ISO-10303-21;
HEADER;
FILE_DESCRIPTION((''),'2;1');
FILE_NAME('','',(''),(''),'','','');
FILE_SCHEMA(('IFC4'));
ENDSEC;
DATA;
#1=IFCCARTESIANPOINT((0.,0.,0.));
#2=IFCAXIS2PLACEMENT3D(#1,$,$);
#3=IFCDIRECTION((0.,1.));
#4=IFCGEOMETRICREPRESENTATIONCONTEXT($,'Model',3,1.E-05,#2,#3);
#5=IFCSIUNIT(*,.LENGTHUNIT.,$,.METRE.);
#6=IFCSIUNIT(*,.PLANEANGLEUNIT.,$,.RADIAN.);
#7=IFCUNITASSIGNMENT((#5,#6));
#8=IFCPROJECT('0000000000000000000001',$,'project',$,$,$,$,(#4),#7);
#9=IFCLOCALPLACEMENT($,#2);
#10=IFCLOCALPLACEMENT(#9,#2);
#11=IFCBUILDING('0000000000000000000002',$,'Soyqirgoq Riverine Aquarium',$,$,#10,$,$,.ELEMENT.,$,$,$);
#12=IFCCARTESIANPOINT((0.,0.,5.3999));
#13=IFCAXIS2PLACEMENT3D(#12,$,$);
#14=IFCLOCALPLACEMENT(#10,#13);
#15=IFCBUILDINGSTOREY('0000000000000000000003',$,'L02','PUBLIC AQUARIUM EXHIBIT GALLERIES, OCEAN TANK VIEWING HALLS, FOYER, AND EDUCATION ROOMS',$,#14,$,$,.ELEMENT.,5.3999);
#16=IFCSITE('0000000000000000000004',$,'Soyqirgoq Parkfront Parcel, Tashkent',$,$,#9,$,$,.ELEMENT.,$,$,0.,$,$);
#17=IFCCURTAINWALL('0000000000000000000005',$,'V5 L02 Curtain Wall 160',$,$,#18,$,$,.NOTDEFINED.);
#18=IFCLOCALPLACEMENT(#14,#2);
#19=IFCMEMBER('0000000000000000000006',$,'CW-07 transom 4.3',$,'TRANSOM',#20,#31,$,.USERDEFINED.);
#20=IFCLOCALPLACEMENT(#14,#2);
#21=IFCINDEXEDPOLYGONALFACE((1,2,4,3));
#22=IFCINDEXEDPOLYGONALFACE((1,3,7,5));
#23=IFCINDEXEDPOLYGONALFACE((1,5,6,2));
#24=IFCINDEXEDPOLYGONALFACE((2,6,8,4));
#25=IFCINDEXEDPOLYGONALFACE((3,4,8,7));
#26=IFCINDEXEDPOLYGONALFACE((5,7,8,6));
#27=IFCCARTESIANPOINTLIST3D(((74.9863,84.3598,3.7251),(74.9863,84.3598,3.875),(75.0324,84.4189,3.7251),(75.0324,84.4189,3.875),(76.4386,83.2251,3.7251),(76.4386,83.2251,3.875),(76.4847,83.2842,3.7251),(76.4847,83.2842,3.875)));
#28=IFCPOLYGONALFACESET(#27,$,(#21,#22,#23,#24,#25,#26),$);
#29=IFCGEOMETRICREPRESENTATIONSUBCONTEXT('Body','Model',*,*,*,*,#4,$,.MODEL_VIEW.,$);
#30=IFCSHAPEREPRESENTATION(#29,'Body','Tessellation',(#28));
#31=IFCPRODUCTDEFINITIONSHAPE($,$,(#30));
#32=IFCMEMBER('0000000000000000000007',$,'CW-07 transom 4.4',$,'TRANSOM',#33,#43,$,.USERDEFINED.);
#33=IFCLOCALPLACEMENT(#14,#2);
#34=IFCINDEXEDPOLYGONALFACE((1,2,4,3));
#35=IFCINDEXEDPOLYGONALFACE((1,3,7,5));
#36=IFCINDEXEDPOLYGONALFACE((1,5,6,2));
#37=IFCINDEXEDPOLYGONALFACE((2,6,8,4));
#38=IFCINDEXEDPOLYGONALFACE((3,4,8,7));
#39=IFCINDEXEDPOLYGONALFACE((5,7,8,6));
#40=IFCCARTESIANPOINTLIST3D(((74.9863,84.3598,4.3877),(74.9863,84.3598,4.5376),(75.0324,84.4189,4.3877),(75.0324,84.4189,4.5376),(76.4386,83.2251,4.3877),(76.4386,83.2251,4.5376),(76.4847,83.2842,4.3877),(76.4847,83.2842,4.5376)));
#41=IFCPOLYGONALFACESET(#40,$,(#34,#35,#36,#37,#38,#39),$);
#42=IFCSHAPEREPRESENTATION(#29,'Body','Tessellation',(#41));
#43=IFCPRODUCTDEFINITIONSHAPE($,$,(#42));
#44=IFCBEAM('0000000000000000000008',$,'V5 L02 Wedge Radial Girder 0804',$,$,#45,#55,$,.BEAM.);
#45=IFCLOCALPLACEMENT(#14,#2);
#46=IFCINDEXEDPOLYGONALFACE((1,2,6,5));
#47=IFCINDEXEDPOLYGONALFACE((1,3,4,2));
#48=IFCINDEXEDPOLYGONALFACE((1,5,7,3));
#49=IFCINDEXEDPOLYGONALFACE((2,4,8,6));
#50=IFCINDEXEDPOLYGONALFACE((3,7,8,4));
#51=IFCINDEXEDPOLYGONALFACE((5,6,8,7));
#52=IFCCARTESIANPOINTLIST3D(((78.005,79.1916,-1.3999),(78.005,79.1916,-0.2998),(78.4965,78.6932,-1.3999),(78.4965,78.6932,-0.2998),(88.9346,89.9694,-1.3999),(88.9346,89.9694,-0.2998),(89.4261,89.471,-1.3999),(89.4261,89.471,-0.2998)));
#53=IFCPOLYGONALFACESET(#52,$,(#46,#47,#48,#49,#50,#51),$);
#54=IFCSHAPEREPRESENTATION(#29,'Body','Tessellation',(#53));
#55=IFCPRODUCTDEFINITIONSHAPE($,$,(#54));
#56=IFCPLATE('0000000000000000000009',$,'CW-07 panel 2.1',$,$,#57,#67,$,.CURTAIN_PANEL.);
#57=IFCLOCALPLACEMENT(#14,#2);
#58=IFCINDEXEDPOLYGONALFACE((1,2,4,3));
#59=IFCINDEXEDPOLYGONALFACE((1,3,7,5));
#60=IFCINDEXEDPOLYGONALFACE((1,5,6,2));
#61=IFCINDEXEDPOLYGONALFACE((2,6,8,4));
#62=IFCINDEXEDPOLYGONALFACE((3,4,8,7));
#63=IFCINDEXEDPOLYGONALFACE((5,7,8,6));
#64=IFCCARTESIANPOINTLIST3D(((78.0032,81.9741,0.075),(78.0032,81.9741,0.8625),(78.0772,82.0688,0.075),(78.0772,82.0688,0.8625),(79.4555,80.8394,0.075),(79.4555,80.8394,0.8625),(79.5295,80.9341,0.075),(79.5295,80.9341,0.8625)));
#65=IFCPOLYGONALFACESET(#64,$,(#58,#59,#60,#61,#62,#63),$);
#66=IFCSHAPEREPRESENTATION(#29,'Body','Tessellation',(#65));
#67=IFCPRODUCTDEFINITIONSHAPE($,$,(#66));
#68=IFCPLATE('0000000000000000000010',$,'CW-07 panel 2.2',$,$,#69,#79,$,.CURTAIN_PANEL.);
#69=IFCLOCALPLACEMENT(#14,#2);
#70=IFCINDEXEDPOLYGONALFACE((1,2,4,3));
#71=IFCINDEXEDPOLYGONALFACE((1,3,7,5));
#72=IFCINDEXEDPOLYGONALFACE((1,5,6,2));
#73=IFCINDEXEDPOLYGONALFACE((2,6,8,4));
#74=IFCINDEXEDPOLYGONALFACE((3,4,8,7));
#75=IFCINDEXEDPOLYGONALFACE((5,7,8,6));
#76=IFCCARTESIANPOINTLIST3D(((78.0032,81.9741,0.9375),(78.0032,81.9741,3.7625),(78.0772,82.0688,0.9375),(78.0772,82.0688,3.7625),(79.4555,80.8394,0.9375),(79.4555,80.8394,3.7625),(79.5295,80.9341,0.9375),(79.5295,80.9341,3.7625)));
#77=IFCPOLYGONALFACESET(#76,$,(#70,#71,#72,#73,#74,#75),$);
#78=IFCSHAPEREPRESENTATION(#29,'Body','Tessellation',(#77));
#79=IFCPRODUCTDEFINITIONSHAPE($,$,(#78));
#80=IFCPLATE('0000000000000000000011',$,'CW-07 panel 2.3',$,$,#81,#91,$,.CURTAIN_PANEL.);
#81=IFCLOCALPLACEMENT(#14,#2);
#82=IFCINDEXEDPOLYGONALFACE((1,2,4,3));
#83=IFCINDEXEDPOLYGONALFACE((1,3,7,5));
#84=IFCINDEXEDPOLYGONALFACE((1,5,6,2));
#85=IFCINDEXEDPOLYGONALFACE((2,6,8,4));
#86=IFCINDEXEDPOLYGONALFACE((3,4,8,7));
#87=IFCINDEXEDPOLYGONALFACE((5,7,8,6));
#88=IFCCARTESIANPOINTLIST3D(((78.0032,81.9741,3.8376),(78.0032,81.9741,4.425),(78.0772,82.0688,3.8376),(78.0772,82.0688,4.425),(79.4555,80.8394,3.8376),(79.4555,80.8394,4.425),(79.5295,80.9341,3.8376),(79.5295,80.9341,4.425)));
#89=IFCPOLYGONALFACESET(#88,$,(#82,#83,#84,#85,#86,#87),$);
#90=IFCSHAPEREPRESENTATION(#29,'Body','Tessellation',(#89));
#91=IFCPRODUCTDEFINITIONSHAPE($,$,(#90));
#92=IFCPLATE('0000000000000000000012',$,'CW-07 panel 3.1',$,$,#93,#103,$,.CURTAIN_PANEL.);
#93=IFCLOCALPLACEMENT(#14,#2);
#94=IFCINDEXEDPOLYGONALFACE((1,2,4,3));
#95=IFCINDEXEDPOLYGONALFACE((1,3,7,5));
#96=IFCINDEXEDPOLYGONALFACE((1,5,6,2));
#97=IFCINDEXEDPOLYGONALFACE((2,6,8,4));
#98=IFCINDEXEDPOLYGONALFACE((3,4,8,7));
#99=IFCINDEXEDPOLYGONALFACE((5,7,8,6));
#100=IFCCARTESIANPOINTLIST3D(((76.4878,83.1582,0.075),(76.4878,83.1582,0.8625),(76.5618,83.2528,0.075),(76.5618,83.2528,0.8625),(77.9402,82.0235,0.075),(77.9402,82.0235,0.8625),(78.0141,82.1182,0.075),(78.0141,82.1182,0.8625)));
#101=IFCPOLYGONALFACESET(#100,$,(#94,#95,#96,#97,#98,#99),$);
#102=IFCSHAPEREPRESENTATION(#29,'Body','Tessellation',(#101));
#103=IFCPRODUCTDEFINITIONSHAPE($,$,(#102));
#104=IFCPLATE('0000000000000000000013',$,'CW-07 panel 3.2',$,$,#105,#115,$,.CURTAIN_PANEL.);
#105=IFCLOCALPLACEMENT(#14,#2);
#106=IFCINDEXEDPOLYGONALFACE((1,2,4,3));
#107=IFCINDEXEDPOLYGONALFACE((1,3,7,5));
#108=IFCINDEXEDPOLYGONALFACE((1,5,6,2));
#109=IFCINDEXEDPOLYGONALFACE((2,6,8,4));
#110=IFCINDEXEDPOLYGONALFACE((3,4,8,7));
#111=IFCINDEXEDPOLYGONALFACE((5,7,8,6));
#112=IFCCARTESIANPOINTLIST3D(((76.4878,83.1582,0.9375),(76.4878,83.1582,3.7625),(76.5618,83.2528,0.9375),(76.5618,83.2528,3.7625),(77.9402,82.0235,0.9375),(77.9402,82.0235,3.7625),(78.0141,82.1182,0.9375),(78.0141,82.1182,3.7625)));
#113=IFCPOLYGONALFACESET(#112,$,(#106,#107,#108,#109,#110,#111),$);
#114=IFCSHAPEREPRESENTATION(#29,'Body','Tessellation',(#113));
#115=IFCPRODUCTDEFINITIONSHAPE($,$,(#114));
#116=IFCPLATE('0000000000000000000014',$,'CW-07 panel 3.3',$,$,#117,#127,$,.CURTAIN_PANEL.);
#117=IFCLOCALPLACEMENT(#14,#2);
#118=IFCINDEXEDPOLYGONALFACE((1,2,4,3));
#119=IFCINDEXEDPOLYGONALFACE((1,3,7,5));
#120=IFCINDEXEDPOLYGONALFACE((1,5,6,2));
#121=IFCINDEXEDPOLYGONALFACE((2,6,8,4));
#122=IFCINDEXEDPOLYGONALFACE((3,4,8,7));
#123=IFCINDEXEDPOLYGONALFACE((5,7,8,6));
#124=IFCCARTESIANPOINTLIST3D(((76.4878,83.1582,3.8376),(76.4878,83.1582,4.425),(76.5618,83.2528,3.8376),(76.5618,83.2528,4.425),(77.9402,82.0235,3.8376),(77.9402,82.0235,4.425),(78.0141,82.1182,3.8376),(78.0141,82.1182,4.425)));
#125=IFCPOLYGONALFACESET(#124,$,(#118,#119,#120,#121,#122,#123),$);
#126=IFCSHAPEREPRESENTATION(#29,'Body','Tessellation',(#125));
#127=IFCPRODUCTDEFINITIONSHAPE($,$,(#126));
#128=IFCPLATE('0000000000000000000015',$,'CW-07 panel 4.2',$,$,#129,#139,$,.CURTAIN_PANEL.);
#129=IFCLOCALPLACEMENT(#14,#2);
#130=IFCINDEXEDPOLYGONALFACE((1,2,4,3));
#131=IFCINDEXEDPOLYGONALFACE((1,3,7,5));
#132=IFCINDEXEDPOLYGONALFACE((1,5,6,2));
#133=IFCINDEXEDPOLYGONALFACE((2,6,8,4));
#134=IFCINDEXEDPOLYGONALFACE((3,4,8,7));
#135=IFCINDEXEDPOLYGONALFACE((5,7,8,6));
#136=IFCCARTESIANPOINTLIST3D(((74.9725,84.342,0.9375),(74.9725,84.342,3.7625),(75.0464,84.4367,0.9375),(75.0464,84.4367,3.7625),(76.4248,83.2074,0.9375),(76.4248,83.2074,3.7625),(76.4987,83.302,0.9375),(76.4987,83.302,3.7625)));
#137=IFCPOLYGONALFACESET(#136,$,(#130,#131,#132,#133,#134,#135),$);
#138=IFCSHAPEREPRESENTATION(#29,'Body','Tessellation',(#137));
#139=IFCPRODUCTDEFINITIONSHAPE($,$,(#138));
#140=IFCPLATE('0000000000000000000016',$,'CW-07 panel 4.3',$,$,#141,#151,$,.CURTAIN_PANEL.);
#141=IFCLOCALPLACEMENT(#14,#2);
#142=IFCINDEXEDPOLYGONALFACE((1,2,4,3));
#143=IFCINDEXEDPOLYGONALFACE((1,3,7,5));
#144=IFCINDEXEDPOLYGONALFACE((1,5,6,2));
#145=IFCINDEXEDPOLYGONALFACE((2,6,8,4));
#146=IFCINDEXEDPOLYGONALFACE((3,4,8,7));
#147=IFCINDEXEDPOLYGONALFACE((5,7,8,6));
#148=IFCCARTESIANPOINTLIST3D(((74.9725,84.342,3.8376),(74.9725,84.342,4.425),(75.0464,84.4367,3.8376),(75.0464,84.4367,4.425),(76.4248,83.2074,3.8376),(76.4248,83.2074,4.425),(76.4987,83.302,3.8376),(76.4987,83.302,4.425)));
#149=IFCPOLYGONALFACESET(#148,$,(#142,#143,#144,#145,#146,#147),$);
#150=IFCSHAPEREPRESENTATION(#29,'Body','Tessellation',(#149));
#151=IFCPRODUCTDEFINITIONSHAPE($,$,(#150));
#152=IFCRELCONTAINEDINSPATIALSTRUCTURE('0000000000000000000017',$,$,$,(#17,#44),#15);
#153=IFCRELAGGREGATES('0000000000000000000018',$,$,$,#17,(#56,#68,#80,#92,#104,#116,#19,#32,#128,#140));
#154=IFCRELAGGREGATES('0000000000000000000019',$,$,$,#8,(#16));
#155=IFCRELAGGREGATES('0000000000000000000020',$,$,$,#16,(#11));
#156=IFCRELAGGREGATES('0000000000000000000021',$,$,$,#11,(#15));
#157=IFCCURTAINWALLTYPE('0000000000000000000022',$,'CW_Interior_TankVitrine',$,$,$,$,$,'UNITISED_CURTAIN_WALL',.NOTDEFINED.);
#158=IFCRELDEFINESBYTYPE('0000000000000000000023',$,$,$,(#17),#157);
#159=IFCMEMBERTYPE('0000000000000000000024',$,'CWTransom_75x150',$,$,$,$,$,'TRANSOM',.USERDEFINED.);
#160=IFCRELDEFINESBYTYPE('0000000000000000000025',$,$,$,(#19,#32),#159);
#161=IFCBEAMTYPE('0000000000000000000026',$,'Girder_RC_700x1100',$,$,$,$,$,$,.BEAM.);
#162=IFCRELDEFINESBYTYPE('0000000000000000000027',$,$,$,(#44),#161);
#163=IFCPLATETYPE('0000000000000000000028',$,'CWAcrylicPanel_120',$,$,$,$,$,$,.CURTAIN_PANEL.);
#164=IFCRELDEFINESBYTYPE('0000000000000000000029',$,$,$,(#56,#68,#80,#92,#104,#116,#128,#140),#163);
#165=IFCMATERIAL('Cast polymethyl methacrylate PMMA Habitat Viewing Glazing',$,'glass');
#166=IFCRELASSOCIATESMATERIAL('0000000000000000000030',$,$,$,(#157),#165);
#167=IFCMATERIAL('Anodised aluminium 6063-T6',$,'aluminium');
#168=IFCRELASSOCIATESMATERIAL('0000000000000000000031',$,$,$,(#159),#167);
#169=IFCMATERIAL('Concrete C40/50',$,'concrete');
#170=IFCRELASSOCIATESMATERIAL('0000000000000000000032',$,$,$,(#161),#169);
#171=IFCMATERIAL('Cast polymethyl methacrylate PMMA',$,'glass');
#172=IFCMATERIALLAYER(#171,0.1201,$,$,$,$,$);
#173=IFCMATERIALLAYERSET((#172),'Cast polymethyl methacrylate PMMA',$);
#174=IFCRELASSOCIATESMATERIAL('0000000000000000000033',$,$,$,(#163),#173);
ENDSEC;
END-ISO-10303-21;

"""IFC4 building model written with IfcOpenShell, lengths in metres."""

from ifc_helpers import new_model, si_unit, direction, frame, origin, origin_2d, place, context, subcontext, project, spatial, rectangle, extrude, material, layer, layer_set, material_profile, profile_set, type_object, element, aggregate, save


model = new_model("IFC4")

# Units and contexts
model_context = context("Model", 3, precision=1e-05, world=origin(), true_north=direction((0.0, 1.0)))
body_context = subcontext(model_context, "Body", "Model", "MODEL_VIEW")
ifc_project = project(units=[si_unit("LENGTHUNIT", "METRE"), si_unit("PLANEANGLEUNIT", "RADIAN")], contexts=[model_context])

# Site, building, storey
site_placement = place(None, origin())
site = spatial("IfcSite", under=ifc_project, at=site_placement, Name="Soyqirgoq Parkfront Parcel, Tashkent", CompositionType="ELEMENT", RefElevation=0.0)
building_placement = place(site_placement, origin())
building = spatial("IfcBuilding", under=site, at=building_placement, Name="Soyqirgoq Riverine Aquarium", CompositionType="ELEMENT")
storey_placement = place(building_placement, frame((0.0, 0.0, 5.3999)))
storey = spatial("IfcBuildingStorey", under=building, at=storey_placement, Name="L02", Description="PUBLIC AQUARIUM EXHIBIT GALLERIES, OCEAN TANK VIEWING HALLS, FOYER, AND EDUCATION ROOMS", CompositionType="ELEMENT", Elevation=5.3999)

# Curtain wall, members
ifc_material_1 = material(Name="Cast polymethyl methacrylate PMMA Habitat Viewing Glazing", Category="glass")
curtain_wall_type = type_object("IfcCurtainWallType", Name="CW_Interior_TankVitrine", ElementType="UNITISED_CURTAIN_WALL", PredefinedType="NOTDEFINED", material=ifc_material_1)
curtain_wall_placement = place(storey_placement, origin())
curtain_wall = element("IfcCurtainWall", 1, at=curtain_wall_placement, inside=storey, type_object=curtain_wall_type, Name="V5 L02 Curtain Wall 160", PredefinedType="NOTDEFINED")
ifc_material_2 = material(Name="Anodised aluminium 6063-T6", Category="aluminium")
ifc_material_profile_1 = material_profile(ifc_material_2, rectangle(XDim=0.075, YDim=0.1499, at=origin_2d()), Name="ALU-T 75x150")
ifc_profile_set_1 = profile_set([ifc_material_profile_1], Name="Anodised aluminium 6063-T6")
member_type_1 = type_object("IfcMemberType", Name="CWTransom_75x150", ElementType="TRANSOM", PredefinedType="USERDEFINED", material=ifc_profile_set_1)
member_1_placement = place(storey_placement, frame((76.4617, 83.2546, 3.8), z_axis=(-0.788002, 0.615672, 0.0), x_axis=(-0.615672, -0.788002, 0.0)))
member_1 = element("IfcMember", 2, at=member_1_placement, type_object=member_type_1, Name="CW-07 transom 4.3", ObjectType="TRANSOM", PredefinedType="USERDEFINED", context=body_context, shape_type="SweptSolid", body=[
    extrude(rectangle(XDim=0.075, YDim=0.1499, at=origin_2d()), origin(), (0.0, 0.0, 1.0), 1.843),
])
member_2_placement = place(storey_placement, frame((76.4617, 83.2546, 4.4626), z_axis=(-0.788002, 0.615672, 0.0), x_axis=(-0.615672, -0.788002, 0.0)))
member_2 = element("IfcMember", 3, at=member_2_placement, type_object=member_type_1, Name="CW-07 transom 4.4", ObjectType="TRANSOM", PredefinedType="USERDEFINED", context=body_context, shape_type="SweptSolid", body=[
    extrude(rectangle(XDim=0.075, YDim=0.1499, at=origin_2d()), origin(), (0.0, 0.0, 1.0), 1.843),
])

# Beam
ifc_material_3 = material(Name="Concrete C40/50", Category="concrete")
ifc_material_profile_2 = material_profile(ifc_material_3, rectangle(XDim=0.7, YDim=1.1001, at=origin_2d()), Name="RC 700x1100")
ifc_profile_set_2 = profile_set([ifc_material_profile_2], Name="Concrete C40/50")
beam_type = type_object("IfcBeamType", Name="Girder_RC_700x1100", PredefinedType="BEAM", material=ifc_profile_set_2)
beam_placement = place(storey_placement, frame((78.2507, 78.9424, -0.8499), z_axis=(0.712036, 0.702143, 0.0), x_axis=(-0.702143, 0.712036, 0.0)))
element("IfcBeam", 4, at=beam_placement, inside=storey, type_object=beam_type, Name="V5 L02 Wedge Radial Girder 0804", PredefinedType="BEAM", context=body_context, shape_type="SweptSolid", body=[
    extrude(rectangle(XDim=0.7, YDim=1.1001, at=origin_2d()), origin(), (0.0, 0.0, 1.0), 15.3499),
])

# Plates
ifc_material_4 = material(Name="Cast polymethyl methacrylate PMMA", Category="glass")
ifc_layer = layer(ifc_material_4, 0.1201)
ifc_layer_set = layer_set([ifc_layer], Name="Cast polymethyl methacrylate PMMA")
plate_type = type_object("IfcPlateType", Name="CWAcrylicPanel_120", PredefinedType="CURTAIN_PANEL", material=ifc_layer_set)
plate_1_placement = place(storey_placement, frame((78.7664, 81.4541, 0.075), z_axis=(0.0, 0.0, 1.0), x_axis=(-0.788016, 0.615655, 0.0)))
plate_1 = element("IfcPlate", 5, at=plate_1_placement, type_object=plate_type, Name="CW-07 panel 2.1", PredefinedType="CURTAIN_PANEL", context=body_context, shape_type="SweptSolid", body=[
    extrude(rectangle(XDim=1.843, YDim=0.1201, at=origin_2d()), origin(), (0.0, 0.0, 1.0), 0.7876),
])
plate_2_placement = place(storey_placement, frame((78.7664, 81.4541, 0.9375), z_axis=(0.0, 0.0, 1.0), x_axis=(-0.788016, 0.615655, 0.0)))
plate_2 = element("IfcPlate", 6, at=plate_2_placement, type_object=plate_type, Name="CW-07 panel 2.2", PredefinedType="CURTAIN_PANEL", context=body_context, shape_type="SweptSolid", body=[
    extrude(rectangle(XDim=1.843, YDim=0.1201, at=origin_2d()), origin(), (0.0, 0.0, 1.0), 2.825),
])
plate_3_placement = place(storey_placement, frame((78.7664, 81.4541, 3.8376), z_axis=(0.0, 0.0, 1.0), x_axis=(-0.788016, 0.615655, 0.0)))
plate_3 = element("IfcPlate", 7, at=plate_3_placement, type_object=plate_type, Name="CW-07 panel 2.3", PredefinedType="CURTAIN_PANEL", context=body_context, shape_type="SweptSolid", body=[
    extrude(rectangle(XDim=1.843, YDim=0.1201, at=origin_2d()), origin(), (0.0, 0.0, 1.0), 0.5874),
])
plate_4_placement = place(storey_placement, frame((77.251, 82.6382, 0.075), z_axis=(0.0, 0.0, 1.0), x_axis=(-0.788016, 0.615655, 0.0)))
plate_4 = element("IfcPlate", 8, at=plate_4_placement, type_object=plate_type, Name="CW-07 panel 3.1", PredefinedType="CURTAIN_PANEL", context=body_context, shape_type="SweptSolid", body=[
    extrude(rectangle(XDim=1.843, YDim=0.1201, at=origin_2d()), origin(), (0.0, 0.0, 1.0), 0.7876),
])
plate_5_placement = place(storey_placement, frame((77.251, 82.6382, 0.9375), z_axis=(0.0, 0.0, 1.0), x_axis=(-0.788016, 0.615655, 0.0)))
plate_5 = element("IfcPlate", 9, at=plate_5_placement, type_object=plate_type, Name="CW-07 panel 3.2", PredefinedType="CURTAIN_PANEL", context=body_context, shape_type="SweptSolid", body=[
    extrude(rectangle(XDim=1.843, YDim=0.1201, at=origin_2d()), origin(), (0.0, 0.0, 1.0), 2.825),
])
plate_6_placement = place(storey_placement, frame((77.251, 82.6382, 3.8376), z_axis=(0.0, 0.0, 1.0), x_axis=(-0.788016, 0.615655, 0.0)))
plate_6 = element("IfcPlate", 10, at=plate_6_placement, type_object=plate_type, Name="CW-07 panel 3.3", PredefinedType="CURTAIN_PANEL", context=body_context, shape_type="SweptSolid", body=[
    extrude(rectangle(XDim=1.843, YDim=0.1201, at=origin_2d()), origin(), (0.0, 0.0, 1.0), 0.5874),
])
plate_7_placement = place(storey_placement, frame((75.7356, 83.822, 0.9375), z_axis=(0.0, 0.0, 1.0), x_axis=(-0.788016, 0.615655, 0.0)))
plate_7 = element("IfcPlate", 11, at=plate_7_placement, type_object=plate_type, Name="CW-07 panel 4.2", PredefinedType="CURTAIN_PANEL", context=body_context, shape_type="SweptSolid", body=[
    extrude(rectangle(XDim=1.843, YDim=0.1201, at=origin_2d()), origin(), (0.0, 0.0, 1.0), 2.825),
])
plate_8_placement = place(storey_placement, frame((75.7356, 83.822, 3.8376), z_axis=(0.0, 0.0, 1.0), x_axis=(-0.788016, 0.615655, 0.0)))
plate_8 = element("IfcPlate", 12, at=plate_8_placement, type_object=plate_type, Name="CW-07 panel 4.3", PredefinedType="CURTAIN_PANEL", context=body_context, shape_type="SweptSolid", body=[
    extrude(rectangle(XDim=1.843, YDim=0.1201, at=origin_2d()), origin(), (0.0, 0.0, 1.0), 0.5874),
])
aggregate(curtain_wall, [plate_1, plate_2, plate_3, plate_4, plate_5, plate_6, member_1, member_2, plate_7, plate_8])

save(model, "model.ifc")
